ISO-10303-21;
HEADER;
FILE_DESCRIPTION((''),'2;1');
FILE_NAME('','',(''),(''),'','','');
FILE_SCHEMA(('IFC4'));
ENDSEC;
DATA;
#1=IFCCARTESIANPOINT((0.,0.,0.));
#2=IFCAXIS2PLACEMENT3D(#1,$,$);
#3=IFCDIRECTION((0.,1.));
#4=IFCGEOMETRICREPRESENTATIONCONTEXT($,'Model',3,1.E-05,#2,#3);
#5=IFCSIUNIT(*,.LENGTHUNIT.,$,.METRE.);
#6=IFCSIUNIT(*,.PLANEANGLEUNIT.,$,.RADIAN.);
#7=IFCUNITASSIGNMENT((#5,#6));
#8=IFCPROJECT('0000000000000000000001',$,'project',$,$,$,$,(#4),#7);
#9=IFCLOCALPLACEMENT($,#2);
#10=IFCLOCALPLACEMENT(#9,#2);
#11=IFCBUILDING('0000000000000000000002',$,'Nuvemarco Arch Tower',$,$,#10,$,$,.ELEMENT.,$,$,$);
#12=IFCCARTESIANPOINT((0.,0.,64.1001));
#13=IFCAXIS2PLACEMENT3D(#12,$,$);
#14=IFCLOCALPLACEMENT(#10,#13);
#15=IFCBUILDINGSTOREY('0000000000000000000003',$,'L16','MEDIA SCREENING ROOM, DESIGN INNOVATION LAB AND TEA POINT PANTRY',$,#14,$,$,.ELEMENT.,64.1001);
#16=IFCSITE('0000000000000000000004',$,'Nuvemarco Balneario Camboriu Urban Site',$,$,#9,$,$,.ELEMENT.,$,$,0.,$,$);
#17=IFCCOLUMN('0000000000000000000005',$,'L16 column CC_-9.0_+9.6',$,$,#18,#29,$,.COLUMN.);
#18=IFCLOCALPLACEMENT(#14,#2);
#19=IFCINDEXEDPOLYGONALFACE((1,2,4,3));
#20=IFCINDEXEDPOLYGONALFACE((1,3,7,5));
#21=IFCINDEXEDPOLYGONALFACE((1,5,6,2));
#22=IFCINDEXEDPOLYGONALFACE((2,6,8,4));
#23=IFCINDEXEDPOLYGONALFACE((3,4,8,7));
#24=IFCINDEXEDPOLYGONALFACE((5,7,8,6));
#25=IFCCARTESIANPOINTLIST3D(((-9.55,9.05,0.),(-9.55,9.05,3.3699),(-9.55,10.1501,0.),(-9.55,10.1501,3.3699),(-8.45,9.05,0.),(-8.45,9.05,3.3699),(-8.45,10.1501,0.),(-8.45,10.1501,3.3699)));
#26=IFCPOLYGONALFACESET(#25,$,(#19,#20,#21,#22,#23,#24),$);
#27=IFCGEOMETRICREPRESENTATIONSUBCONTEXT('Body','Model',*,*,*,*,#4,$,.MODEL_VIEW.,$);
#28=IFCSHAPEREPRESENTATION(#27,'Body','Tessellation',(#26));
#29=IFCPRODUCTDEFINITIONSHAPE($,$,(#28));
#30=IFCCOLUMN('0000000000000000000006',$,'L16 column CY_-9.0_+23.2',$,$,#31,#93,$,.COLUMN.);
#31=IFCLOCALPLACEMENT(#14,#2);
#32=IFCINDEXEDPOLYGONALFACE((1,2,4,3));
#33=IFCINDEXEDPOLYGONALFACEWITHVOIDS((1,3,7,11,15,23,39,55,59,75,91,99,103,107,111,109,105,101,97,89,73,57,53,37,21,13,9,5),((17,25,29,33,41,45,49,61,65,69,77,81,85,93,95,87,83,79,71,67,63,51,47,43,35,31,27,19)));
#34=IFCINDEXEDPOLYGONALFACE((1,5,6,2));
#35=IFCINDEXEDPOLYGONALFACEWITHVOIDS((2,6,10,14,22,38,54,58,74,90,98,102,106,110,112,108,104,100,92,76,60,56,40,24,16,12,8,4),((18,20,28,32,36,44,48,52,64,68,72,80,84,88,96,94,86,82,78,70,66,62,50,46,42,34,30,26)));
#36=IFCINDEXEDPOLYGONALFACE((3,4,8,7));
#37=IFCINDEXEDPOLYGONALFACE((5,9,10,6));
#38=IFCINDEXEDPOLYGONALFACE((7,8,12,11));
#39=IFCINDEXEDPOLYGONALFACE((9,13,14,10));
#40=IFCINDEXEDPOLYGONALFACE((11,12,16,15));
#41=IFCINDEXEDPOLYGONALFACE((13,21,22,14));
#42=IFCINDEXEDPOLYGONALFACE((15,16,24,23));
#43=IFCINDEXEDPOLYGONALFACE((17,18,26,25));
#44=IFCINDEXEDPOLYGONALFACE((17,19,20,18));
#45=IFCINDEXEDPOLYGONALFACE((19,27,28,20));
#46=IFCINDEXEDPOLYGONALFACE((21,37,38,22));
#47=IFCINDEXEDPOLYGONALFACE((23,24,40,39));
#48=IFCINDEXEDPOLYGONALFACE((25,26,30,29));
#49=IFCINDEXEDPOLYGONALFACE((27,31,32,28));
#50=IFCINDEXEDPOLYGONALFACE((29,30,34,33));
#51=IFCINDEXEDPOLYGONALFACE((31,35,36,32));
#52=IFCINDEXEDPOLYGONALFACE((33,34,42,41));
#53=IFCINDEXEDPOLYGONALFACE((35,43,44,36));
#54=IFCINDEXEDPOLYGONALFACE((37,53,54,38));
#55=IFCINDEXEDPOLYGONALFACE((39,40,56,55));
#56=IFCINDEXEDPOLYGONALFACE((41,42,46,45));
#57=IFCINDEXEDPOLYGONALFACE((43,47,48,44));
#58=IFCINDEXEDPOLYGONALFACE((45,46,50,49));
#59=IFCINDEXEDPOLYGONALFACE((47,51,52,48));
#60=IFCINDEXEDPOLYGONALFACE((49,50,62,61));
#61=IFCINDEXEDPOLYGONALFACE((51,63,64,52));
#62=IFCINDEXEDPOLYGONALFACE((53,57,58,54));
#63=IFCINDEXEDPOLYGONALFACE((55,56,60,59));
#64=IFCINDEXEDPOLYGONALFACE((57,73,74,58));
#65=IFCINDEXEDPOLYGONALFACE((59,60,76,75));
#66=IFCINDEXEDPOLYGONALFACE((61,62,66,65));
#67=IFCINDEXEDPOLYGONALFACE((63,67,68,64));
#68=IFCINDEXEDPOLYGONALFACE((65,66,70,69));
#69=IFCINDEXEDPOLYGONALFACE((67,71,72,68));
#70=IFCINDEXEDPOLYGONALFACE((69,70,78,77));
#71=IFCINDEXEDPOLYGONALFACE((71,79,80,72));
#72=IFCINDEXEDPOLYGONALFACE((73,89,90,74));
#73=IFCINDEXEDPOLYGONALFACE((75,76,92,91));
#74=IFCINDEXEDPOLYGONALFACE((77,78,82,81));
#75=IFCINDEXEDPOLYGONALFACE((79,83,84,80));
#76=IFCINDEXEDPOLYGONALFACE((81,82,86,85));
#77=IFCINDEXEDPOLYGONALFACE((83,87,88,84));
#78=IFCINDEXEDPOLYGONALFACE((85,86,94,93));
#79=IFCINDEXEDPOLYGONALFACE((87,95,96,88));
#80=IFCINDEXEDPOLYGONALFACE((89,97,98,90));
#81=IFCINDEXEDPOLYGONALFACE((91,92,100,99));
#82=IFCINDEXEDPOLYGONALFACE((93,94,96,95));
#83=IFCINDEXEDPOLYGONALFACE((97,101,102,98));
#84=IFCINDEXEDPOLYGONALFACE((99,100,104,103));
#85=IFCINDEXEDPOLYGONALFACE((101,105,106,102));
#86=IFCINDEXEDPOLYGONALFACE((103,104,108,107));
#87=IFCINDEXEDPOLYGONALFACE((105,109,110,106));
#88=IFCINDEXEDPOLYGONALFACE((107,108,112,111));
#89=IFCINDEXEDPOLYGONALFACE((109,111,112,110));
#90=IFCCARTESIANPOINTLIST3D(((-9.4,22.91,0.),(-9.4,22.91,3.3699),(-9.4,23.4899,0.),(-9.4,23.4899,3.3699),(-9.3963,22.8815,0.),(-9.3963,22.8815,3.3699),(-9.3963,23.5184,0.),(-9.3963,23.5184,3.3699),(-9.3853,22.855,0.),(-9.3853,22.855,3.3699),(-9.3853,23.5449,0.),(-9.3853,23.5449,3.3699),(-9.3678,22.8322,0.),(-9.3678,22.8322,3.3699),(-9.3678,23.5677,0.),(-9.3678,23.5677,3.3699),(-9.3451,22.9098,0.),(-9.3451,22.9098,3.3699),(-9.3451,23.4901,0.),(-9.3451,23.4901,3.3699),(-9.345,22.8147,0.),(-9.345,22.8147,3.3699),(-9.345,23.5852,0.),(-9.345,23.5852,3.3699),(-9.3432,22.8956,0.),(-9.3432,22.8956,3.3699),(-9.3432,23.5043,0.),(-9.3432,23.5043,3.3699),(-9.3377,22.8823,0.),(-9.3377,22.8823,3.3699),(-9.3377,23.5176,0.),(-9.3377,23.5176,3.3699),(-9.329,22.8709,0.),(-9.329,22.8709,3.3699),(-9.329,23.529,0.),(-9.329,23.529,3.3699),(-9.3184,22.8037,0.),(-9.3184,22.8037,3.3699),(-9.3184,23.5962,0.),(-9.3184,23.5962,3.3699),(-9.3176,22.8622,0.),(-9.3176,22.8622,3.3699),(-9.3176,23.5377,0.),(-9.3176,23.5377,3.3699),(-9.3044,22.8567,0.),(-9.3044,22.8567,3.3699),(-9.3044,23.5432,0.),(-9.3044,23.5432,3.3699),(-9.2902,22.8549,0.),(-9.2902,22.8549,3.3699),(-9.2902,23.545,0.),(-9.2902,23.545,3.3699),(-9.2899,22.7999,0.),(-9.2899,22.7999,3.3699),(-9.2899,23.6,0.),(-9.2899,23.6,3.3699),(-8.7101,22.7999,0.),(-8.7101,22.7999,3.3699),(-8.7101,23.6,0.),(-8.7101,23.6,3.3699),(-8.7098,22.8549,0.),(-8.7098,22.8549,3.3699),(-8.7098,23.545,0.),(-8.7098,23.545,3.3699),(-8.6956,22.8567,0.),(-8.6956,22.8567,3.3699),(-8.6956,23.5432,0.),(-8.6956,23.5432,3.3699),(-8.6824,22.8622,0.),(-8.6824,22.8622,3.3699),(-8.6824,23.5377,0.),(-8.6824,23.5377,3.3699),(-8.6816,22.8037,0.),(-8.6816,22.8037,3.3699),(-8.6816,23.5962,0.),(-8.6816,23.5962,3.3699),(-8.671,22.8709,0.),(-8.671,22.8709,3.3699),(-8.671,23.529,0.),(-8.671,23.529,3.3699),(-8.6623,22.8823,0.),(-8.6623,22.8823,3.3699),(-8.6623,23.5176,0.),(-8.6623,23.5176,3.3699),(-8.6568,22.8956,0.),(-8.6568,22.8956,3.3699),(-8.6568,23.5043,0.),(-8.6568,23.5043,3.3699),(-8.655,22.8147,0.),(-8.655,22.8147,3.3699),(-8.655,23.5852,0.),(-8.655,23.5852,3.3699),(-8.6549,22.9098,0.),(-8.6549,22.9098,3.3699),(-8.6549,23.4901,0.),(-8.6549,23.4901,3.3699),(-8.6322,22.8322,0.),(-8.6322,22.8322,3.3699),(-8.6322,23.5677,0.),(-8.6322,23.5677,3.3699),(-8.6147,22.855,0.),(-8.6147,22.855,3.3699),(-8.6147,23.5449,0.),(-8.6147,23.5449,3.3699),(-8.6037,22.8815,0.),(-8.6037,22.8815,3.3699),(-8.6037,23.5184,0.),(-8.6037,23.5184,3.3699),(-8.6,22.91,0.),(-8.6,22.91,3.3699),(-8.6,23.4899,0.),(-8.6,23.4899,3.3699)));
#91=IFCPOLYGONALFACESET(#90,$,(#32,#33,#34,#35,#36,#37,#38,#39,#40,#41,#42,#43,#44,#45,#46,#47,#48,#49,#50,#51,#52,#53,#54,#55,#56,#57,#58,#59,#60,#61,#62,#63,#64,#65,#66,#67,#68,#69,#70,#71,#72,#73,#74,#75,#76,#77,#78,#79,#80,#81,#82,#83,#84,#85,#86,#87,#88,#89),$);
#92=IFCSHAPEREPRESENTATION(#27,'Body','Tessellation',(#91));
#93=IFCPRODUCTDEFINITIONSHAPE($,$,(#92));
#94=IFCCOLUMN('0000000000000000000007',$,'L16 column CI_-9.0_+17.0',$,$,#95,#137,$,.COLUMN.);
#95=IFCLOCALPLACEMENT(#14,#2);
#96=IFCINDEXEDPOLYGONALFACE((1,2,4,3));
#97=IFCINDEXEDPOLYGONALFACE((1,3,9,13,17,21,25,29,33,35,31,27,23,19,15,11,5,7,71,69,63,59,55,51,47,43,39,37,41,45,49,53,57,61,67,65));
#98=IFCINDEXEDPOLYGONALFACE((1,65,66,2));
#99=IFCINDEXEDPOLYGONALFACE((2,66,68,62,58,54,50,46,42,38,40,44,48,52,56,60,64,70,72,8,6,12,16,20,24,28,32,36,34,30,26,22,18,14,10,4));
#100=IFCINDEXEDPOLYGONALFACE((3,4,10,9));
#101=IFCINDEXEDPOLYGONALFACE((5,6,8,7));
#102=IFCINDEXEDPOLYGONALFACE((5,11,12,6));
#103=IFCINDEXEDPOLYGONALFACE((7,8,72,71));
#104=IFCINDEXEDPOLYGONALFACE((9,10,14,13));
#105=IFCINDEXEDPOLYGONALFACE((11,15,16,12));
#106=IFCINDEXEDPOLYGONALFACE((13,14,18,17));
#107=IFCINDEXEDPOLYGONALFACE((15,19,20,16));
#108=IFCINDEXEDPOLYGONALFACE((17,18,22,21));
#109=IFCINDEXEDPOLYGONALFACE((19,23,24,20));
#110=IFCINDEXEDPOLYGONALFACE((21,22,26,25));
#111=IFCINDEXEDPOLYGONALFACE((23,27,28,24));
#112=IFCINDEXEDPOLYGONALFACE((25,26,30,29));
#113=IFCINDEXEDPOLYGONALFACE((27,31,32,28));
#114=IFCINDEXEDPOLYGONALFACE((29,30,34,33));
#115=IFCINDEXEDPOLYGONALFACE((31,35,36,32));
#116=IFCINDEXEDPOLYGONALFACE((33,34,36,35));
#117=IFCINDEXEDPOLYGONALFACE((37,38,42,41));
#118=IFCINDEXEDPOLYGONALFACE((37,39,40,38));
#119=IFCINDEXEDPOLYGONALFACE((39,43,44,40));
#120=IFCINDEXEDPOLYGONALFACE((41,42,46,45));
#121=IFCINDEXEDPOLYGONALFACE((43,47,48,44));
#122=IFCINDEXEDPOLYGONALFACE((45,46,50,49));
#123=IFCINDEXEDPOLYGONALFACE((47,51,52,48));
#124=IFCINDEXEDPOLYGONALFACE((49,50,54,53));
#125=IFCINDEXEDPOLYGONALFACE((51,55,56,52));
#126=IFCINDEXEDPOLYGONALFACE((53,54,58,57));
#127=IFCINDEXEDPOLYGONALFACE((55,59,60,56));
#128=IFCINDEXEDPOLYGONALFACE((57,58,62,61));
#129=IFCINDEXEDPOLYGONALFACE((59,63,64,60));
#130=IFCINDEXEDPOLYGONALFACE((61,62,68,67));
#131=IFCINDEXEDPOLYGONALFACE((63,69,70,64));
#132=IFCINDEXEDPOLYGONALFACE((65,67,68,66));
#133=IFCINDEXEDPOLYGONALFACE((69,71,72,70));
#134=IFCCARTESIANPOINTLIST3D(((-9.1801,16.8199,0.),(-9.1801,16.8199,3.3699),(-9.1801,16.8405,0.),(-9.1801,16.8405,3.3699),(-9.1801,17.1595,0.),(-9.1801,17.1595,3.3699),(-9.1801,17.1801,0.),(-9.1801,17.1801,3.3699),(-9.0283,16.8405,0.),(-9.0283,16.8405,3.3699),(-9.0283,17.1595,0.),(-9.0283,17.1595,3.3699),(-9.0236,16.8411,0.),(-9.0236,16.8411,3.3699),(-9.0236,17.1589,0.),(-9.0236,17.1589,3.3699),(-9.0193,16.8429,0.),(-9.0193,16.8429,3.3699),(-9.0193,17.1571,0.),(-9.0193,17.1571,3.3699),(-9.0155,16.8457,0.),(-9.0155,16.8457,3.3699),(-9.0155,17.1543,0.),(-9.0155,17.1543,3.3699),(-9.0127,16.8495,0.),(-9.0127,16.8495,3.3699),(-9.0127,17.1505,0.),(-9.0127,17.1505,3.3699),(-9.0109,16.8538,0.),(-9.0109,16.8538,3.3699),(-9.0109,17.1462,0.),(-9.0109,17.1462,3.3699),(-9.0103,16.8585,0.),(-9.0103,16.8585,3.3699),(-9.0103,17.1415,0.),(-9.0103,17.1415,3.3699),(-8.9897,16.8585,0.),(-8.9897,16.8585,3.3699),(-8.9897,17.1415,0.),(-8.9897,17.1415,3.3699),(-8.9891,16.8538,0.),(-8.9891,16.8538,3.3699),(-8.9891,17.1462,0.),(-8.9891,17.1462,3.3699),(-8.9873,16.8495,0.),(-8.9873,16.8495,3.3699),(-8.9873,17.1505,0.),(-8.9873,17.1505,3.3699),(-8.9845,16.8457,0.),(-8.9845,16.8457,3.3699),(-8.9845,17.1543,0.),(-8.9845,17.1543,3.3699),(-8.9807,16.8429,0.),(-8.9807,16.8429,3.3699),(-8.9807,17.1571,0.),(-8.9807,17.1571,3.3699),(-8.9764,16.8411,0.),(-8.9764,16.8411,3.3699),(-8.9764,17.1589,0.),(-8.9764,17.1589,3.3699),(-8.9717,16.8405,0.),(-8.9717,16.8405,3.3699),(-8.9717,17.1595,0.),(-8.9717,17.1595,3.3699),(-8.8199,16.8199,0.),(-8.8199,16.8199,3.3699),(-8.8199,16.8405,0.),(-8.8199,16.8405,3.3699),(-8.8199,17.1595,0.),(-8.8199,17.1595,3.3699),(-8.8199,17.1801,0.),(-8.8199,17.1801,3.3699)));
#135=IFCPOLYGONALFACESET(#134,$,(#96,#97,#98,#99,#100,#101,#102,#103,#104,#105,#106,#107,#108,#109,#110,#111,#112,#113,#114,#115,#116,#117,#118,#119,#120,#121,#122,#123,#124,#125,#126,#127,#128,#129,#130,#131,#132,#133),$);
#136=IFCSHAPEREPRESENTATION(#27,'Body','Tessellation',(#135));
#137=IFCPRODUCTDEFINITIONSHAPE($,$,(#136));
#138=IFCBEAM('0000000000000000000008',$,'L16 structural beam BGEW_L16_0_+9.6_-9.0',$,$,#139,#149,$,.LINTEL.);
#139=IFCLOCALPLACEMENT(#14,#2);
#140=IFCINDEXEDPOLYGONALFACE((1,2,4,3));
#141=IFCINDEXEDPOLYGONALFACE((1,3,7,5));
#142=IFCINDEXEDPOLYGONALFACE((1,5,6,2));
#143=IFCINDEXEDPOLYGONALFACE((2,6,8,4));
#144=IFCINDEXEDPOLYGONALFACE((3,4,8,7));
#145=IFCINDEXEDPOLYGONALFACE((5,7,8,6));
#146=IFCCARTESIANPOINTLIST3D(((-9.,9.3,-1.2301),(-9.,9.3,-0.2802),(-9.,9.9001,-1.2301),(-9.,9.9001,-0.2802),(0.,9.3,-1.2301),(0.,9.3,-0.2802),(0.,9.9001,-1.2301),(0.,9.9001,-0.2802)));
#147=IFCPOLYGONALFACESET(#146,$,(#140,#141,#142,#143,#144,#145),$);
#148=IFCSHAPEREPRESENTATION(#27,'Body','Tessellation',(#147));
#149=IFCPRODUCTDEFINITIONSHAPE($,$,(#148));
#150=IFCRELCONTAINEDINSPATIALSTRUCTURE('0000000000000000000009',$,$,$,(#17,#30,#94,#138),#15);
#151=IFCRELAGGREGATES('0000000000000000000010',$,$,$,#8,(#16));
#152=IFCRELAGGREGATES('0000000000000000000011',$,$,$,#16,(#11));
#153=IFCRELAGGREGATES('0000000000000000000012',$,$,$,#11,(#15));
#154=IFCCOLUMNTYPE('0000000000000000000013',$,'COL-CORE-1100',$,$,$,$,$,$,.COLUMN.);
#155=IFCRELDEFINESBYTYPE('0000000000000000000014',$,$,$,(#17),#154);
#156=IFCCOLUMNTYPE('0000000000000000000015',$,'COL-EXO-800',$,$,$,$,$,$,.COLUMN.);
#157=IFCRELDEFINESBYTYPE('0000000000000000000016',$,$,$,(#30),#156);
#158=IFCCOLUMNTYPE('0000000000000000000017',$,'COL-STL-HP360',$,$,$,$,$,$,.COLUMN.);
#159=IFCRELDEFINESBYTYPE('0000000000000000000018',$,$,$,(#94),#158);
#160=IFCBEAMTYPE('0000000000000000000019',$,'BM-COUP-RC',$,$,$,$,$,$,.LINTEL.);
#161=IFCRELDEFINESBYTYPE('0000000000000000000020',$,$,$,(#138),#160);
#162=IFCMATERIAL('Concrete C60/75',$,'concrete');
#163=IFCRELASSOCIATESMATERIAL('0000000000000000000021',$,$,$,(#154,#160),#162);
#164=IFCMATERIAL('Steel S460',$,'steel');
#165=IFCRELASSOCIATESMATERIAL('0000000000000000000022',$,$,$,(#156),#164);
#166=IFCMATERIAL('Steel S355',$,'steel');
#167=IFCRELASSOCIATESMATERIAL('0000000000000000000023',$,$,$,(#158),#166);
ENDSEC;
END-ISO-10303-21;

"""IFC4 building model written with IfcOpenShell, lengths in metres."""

from ifc_helpers import new_model, si_unit, direction, frame, origin, origin_2d, place, context, subcontext, project, spatial, rectangle, hollow_rectangle, i_section, extrude, material, material_profile, profile_set, type_object, element, save


model = new_model("IFC4")

# Units and contexts
model_context = context("Model", 3, precision=1e-05, world=origin(), true_north=direction((0.0, 1.0)))
body_context = subcontext(model_context, "Body", "Model", "MODEL_VIEW")
ifc_project = project(units=[si_unit("LENGTHUNIT", "METRE"), si_unit("PLANEANGLEUNIT", "RADIAN")], contexts=[model_context])

# Site, building, storey
site_placement = place(None, origin())
site = spatial("IfcSite", under=ifc_project, at=site_placement, Name="Nuvemarco Balneario Camboriu Urban Site", CompositionType="ELEMENT", RefElevation=0.0)
building_placement = place(site_placement, origin())
building = spatial("IfcBuilding", under=site, at=building_placement, Name="Nuvemarco Arch Tower", CompositionType="ELEMENT")
storey_placement = place(building_placement, frame((0.0, 0.0, 64.1001)))
storey = spatial("IfcBuildingStorey", under=building, at=storey_placement, Name="L16", Description="MEDIA SCREENING ROOM, DESIGN INNOVATION LAB AND TEA POINT PANTRY", CompositionType="ELEMENT", Elevation=64.1001)

# Columns
ifc_material_1 = material(Name="Concrete C60/75", Category="concrete")
ifc_material_profile_1 = material_profile(ifc_material_1, rectangle(XDim=1.1001, YDim=1.1001, at=origin_2d()), Name="RC-COL-1100x1100")
ifc_profile_set_1 = profile_set([ifc_material_profile_1], Name="Concrete C60/75")
column_type_1 = type_object("IfcColumnType", Name="COL-CORE-1100", PredefinedType="COLUMN", material=ifc_profile_set_1)
column_1_placement = place(storey_placement, frame((-9.0, 9.6001, 0.0), z_axis=(0.0, 0.0, 1.0), x_axis=(1.0, 0.0, 0.0)))
element("IfcColumn", 1, at=column_1_placement, inside=storey, type_object=column_type_1, Name="L16 column CC_-9.0_+9.6", PredefinedType="COLUMN", context=body_context, shape_type="SweptSolid", body=[
    extrude(rectangle(XDim=1.1001, YDim=1.1001, at=origin_2d()), origin(), (0.0, 0.0, 1.0), 3.3699),
])
ifc_material_2 = material(Name="Steel S460", Category="steel")
ifc_material_profile_2 = material_profile(ifc_material_2, hollow_rectangle(XDim=0.8, YDim=0.8, WallThickness=0.0549, InnerFilletRadius=0.0549, OuterFilletRadius=0.1101, at=origin_2d()), Name="SHS800x800x55")
ifc_profile_set_2 = profile_set([ifc_material_profile_2], Name="Steel S460")
column_type_2 = type_object("IfcColumnType", Name="COL-EXO-800", PredefinedType="COLUMN", material=ifc_profile_set_2)
column_2_placement = place(storey_placement, frame((-9.0, 23.2, 0.0), z_axis=(0.0, 0.0, 1.0), x_axis=(1.0, 0.0, 0.0)))
element("IfcColumn", 2, at=column_2_placement, inside=storey, type_object=column_type_2, Name="L16 column CY_-9.0_+23.2", PredefinedType="COLUMN", context=body_context, shape_type="SweptSolid", body=[
    extrude(hollow_rectangle(XDim=0.8, YDim=0.8, WallThickness=0.0549, InnerFilletRadius=0.0549, OuterFilletRadius=0.1101, at=origin_2d()), origin(), (0.0, 0.0, 1.0), 3.3699),
])
ifc_material_3 = material(Name="Steel S355", Category="steel")
ifc_material_profile_3 = material_profile(ifc_material_3, i_section(OverallWidth=0.3601, OverallDepth=0.3601, WebThickness=0.0205, FlangeThickness=0.0205, FilletRadius=0.0181, at=origin_2d()), Name="HP360x174")
ifc_profile_set_3 = profile_set([ifc_material_profile_3], Name="Steel S355")
column_type_3 = type_object("IfcColumnType", Name="COL-STL-HP360", PredefinedType="COLUMN", material=ifc_profile_set_3)
column_3_placement = place(storey_placement, frame((-9.0, 17.0, 0.0), z_axis=(0.0, 0.0, 1.0), x_axis=(1.0, 0.0, 0.0)))
element("IfcColumn", 3, at=column_3_placement, inside=storey, type_object=column_type_3, Name="L16 column CI_-9.0_+17.0", PredefinedType="COLUMN", context=body_context, shape_type="SweptSolid", body=[
    extrude(i_section(OverallWidth=0.3601, OverallDepth=0.3601, WebThickness=0.0205, FlangeThickness=0.0205, FilletRadius=0.0181, at=origin_2d()), origin(), (0.0, 0.0, 1.0), 3.3699),
])

# Beam
ifc_material_profile_4 = material_profile(ifc_material_1, rectangle(XDim=0.6001, YDim=0.95, at=origin_2d()), Name="RC-BM-600x950")
ifc_profile_set_4 = profile_set([ifc_material_profile_4], Name="Concrete C60/75")
beam_type_1 = type_object("IfcBeamType", Name="BM-COUP-RC", PredefinedType="LINTEL", material=ifc_profile_set_4)
beam_1_placement = place(storey_placement, frame((-9.0, 9.6001, -0.7551), z_axis=(1.0, 0.0, 0.0), x_axis=(0.0, 1.0, 0.0)))
element("IfcBeam", 4, at=beam_1_placement, inside=storey, type_object=beam_type_1, Name="L16 structural beam BGEW_L16_0_+9.6_-9.0", PredefinedType="LINTEL", context=body_context, shape_type="SweptSolid", body=[
    extrude(rectangle(XDim=0.6001, YDim=0.95, at=origin_2d()), origin(), (0.0, 0.0, 1.0), 9.0),
])

save(model, "model.ifc")
